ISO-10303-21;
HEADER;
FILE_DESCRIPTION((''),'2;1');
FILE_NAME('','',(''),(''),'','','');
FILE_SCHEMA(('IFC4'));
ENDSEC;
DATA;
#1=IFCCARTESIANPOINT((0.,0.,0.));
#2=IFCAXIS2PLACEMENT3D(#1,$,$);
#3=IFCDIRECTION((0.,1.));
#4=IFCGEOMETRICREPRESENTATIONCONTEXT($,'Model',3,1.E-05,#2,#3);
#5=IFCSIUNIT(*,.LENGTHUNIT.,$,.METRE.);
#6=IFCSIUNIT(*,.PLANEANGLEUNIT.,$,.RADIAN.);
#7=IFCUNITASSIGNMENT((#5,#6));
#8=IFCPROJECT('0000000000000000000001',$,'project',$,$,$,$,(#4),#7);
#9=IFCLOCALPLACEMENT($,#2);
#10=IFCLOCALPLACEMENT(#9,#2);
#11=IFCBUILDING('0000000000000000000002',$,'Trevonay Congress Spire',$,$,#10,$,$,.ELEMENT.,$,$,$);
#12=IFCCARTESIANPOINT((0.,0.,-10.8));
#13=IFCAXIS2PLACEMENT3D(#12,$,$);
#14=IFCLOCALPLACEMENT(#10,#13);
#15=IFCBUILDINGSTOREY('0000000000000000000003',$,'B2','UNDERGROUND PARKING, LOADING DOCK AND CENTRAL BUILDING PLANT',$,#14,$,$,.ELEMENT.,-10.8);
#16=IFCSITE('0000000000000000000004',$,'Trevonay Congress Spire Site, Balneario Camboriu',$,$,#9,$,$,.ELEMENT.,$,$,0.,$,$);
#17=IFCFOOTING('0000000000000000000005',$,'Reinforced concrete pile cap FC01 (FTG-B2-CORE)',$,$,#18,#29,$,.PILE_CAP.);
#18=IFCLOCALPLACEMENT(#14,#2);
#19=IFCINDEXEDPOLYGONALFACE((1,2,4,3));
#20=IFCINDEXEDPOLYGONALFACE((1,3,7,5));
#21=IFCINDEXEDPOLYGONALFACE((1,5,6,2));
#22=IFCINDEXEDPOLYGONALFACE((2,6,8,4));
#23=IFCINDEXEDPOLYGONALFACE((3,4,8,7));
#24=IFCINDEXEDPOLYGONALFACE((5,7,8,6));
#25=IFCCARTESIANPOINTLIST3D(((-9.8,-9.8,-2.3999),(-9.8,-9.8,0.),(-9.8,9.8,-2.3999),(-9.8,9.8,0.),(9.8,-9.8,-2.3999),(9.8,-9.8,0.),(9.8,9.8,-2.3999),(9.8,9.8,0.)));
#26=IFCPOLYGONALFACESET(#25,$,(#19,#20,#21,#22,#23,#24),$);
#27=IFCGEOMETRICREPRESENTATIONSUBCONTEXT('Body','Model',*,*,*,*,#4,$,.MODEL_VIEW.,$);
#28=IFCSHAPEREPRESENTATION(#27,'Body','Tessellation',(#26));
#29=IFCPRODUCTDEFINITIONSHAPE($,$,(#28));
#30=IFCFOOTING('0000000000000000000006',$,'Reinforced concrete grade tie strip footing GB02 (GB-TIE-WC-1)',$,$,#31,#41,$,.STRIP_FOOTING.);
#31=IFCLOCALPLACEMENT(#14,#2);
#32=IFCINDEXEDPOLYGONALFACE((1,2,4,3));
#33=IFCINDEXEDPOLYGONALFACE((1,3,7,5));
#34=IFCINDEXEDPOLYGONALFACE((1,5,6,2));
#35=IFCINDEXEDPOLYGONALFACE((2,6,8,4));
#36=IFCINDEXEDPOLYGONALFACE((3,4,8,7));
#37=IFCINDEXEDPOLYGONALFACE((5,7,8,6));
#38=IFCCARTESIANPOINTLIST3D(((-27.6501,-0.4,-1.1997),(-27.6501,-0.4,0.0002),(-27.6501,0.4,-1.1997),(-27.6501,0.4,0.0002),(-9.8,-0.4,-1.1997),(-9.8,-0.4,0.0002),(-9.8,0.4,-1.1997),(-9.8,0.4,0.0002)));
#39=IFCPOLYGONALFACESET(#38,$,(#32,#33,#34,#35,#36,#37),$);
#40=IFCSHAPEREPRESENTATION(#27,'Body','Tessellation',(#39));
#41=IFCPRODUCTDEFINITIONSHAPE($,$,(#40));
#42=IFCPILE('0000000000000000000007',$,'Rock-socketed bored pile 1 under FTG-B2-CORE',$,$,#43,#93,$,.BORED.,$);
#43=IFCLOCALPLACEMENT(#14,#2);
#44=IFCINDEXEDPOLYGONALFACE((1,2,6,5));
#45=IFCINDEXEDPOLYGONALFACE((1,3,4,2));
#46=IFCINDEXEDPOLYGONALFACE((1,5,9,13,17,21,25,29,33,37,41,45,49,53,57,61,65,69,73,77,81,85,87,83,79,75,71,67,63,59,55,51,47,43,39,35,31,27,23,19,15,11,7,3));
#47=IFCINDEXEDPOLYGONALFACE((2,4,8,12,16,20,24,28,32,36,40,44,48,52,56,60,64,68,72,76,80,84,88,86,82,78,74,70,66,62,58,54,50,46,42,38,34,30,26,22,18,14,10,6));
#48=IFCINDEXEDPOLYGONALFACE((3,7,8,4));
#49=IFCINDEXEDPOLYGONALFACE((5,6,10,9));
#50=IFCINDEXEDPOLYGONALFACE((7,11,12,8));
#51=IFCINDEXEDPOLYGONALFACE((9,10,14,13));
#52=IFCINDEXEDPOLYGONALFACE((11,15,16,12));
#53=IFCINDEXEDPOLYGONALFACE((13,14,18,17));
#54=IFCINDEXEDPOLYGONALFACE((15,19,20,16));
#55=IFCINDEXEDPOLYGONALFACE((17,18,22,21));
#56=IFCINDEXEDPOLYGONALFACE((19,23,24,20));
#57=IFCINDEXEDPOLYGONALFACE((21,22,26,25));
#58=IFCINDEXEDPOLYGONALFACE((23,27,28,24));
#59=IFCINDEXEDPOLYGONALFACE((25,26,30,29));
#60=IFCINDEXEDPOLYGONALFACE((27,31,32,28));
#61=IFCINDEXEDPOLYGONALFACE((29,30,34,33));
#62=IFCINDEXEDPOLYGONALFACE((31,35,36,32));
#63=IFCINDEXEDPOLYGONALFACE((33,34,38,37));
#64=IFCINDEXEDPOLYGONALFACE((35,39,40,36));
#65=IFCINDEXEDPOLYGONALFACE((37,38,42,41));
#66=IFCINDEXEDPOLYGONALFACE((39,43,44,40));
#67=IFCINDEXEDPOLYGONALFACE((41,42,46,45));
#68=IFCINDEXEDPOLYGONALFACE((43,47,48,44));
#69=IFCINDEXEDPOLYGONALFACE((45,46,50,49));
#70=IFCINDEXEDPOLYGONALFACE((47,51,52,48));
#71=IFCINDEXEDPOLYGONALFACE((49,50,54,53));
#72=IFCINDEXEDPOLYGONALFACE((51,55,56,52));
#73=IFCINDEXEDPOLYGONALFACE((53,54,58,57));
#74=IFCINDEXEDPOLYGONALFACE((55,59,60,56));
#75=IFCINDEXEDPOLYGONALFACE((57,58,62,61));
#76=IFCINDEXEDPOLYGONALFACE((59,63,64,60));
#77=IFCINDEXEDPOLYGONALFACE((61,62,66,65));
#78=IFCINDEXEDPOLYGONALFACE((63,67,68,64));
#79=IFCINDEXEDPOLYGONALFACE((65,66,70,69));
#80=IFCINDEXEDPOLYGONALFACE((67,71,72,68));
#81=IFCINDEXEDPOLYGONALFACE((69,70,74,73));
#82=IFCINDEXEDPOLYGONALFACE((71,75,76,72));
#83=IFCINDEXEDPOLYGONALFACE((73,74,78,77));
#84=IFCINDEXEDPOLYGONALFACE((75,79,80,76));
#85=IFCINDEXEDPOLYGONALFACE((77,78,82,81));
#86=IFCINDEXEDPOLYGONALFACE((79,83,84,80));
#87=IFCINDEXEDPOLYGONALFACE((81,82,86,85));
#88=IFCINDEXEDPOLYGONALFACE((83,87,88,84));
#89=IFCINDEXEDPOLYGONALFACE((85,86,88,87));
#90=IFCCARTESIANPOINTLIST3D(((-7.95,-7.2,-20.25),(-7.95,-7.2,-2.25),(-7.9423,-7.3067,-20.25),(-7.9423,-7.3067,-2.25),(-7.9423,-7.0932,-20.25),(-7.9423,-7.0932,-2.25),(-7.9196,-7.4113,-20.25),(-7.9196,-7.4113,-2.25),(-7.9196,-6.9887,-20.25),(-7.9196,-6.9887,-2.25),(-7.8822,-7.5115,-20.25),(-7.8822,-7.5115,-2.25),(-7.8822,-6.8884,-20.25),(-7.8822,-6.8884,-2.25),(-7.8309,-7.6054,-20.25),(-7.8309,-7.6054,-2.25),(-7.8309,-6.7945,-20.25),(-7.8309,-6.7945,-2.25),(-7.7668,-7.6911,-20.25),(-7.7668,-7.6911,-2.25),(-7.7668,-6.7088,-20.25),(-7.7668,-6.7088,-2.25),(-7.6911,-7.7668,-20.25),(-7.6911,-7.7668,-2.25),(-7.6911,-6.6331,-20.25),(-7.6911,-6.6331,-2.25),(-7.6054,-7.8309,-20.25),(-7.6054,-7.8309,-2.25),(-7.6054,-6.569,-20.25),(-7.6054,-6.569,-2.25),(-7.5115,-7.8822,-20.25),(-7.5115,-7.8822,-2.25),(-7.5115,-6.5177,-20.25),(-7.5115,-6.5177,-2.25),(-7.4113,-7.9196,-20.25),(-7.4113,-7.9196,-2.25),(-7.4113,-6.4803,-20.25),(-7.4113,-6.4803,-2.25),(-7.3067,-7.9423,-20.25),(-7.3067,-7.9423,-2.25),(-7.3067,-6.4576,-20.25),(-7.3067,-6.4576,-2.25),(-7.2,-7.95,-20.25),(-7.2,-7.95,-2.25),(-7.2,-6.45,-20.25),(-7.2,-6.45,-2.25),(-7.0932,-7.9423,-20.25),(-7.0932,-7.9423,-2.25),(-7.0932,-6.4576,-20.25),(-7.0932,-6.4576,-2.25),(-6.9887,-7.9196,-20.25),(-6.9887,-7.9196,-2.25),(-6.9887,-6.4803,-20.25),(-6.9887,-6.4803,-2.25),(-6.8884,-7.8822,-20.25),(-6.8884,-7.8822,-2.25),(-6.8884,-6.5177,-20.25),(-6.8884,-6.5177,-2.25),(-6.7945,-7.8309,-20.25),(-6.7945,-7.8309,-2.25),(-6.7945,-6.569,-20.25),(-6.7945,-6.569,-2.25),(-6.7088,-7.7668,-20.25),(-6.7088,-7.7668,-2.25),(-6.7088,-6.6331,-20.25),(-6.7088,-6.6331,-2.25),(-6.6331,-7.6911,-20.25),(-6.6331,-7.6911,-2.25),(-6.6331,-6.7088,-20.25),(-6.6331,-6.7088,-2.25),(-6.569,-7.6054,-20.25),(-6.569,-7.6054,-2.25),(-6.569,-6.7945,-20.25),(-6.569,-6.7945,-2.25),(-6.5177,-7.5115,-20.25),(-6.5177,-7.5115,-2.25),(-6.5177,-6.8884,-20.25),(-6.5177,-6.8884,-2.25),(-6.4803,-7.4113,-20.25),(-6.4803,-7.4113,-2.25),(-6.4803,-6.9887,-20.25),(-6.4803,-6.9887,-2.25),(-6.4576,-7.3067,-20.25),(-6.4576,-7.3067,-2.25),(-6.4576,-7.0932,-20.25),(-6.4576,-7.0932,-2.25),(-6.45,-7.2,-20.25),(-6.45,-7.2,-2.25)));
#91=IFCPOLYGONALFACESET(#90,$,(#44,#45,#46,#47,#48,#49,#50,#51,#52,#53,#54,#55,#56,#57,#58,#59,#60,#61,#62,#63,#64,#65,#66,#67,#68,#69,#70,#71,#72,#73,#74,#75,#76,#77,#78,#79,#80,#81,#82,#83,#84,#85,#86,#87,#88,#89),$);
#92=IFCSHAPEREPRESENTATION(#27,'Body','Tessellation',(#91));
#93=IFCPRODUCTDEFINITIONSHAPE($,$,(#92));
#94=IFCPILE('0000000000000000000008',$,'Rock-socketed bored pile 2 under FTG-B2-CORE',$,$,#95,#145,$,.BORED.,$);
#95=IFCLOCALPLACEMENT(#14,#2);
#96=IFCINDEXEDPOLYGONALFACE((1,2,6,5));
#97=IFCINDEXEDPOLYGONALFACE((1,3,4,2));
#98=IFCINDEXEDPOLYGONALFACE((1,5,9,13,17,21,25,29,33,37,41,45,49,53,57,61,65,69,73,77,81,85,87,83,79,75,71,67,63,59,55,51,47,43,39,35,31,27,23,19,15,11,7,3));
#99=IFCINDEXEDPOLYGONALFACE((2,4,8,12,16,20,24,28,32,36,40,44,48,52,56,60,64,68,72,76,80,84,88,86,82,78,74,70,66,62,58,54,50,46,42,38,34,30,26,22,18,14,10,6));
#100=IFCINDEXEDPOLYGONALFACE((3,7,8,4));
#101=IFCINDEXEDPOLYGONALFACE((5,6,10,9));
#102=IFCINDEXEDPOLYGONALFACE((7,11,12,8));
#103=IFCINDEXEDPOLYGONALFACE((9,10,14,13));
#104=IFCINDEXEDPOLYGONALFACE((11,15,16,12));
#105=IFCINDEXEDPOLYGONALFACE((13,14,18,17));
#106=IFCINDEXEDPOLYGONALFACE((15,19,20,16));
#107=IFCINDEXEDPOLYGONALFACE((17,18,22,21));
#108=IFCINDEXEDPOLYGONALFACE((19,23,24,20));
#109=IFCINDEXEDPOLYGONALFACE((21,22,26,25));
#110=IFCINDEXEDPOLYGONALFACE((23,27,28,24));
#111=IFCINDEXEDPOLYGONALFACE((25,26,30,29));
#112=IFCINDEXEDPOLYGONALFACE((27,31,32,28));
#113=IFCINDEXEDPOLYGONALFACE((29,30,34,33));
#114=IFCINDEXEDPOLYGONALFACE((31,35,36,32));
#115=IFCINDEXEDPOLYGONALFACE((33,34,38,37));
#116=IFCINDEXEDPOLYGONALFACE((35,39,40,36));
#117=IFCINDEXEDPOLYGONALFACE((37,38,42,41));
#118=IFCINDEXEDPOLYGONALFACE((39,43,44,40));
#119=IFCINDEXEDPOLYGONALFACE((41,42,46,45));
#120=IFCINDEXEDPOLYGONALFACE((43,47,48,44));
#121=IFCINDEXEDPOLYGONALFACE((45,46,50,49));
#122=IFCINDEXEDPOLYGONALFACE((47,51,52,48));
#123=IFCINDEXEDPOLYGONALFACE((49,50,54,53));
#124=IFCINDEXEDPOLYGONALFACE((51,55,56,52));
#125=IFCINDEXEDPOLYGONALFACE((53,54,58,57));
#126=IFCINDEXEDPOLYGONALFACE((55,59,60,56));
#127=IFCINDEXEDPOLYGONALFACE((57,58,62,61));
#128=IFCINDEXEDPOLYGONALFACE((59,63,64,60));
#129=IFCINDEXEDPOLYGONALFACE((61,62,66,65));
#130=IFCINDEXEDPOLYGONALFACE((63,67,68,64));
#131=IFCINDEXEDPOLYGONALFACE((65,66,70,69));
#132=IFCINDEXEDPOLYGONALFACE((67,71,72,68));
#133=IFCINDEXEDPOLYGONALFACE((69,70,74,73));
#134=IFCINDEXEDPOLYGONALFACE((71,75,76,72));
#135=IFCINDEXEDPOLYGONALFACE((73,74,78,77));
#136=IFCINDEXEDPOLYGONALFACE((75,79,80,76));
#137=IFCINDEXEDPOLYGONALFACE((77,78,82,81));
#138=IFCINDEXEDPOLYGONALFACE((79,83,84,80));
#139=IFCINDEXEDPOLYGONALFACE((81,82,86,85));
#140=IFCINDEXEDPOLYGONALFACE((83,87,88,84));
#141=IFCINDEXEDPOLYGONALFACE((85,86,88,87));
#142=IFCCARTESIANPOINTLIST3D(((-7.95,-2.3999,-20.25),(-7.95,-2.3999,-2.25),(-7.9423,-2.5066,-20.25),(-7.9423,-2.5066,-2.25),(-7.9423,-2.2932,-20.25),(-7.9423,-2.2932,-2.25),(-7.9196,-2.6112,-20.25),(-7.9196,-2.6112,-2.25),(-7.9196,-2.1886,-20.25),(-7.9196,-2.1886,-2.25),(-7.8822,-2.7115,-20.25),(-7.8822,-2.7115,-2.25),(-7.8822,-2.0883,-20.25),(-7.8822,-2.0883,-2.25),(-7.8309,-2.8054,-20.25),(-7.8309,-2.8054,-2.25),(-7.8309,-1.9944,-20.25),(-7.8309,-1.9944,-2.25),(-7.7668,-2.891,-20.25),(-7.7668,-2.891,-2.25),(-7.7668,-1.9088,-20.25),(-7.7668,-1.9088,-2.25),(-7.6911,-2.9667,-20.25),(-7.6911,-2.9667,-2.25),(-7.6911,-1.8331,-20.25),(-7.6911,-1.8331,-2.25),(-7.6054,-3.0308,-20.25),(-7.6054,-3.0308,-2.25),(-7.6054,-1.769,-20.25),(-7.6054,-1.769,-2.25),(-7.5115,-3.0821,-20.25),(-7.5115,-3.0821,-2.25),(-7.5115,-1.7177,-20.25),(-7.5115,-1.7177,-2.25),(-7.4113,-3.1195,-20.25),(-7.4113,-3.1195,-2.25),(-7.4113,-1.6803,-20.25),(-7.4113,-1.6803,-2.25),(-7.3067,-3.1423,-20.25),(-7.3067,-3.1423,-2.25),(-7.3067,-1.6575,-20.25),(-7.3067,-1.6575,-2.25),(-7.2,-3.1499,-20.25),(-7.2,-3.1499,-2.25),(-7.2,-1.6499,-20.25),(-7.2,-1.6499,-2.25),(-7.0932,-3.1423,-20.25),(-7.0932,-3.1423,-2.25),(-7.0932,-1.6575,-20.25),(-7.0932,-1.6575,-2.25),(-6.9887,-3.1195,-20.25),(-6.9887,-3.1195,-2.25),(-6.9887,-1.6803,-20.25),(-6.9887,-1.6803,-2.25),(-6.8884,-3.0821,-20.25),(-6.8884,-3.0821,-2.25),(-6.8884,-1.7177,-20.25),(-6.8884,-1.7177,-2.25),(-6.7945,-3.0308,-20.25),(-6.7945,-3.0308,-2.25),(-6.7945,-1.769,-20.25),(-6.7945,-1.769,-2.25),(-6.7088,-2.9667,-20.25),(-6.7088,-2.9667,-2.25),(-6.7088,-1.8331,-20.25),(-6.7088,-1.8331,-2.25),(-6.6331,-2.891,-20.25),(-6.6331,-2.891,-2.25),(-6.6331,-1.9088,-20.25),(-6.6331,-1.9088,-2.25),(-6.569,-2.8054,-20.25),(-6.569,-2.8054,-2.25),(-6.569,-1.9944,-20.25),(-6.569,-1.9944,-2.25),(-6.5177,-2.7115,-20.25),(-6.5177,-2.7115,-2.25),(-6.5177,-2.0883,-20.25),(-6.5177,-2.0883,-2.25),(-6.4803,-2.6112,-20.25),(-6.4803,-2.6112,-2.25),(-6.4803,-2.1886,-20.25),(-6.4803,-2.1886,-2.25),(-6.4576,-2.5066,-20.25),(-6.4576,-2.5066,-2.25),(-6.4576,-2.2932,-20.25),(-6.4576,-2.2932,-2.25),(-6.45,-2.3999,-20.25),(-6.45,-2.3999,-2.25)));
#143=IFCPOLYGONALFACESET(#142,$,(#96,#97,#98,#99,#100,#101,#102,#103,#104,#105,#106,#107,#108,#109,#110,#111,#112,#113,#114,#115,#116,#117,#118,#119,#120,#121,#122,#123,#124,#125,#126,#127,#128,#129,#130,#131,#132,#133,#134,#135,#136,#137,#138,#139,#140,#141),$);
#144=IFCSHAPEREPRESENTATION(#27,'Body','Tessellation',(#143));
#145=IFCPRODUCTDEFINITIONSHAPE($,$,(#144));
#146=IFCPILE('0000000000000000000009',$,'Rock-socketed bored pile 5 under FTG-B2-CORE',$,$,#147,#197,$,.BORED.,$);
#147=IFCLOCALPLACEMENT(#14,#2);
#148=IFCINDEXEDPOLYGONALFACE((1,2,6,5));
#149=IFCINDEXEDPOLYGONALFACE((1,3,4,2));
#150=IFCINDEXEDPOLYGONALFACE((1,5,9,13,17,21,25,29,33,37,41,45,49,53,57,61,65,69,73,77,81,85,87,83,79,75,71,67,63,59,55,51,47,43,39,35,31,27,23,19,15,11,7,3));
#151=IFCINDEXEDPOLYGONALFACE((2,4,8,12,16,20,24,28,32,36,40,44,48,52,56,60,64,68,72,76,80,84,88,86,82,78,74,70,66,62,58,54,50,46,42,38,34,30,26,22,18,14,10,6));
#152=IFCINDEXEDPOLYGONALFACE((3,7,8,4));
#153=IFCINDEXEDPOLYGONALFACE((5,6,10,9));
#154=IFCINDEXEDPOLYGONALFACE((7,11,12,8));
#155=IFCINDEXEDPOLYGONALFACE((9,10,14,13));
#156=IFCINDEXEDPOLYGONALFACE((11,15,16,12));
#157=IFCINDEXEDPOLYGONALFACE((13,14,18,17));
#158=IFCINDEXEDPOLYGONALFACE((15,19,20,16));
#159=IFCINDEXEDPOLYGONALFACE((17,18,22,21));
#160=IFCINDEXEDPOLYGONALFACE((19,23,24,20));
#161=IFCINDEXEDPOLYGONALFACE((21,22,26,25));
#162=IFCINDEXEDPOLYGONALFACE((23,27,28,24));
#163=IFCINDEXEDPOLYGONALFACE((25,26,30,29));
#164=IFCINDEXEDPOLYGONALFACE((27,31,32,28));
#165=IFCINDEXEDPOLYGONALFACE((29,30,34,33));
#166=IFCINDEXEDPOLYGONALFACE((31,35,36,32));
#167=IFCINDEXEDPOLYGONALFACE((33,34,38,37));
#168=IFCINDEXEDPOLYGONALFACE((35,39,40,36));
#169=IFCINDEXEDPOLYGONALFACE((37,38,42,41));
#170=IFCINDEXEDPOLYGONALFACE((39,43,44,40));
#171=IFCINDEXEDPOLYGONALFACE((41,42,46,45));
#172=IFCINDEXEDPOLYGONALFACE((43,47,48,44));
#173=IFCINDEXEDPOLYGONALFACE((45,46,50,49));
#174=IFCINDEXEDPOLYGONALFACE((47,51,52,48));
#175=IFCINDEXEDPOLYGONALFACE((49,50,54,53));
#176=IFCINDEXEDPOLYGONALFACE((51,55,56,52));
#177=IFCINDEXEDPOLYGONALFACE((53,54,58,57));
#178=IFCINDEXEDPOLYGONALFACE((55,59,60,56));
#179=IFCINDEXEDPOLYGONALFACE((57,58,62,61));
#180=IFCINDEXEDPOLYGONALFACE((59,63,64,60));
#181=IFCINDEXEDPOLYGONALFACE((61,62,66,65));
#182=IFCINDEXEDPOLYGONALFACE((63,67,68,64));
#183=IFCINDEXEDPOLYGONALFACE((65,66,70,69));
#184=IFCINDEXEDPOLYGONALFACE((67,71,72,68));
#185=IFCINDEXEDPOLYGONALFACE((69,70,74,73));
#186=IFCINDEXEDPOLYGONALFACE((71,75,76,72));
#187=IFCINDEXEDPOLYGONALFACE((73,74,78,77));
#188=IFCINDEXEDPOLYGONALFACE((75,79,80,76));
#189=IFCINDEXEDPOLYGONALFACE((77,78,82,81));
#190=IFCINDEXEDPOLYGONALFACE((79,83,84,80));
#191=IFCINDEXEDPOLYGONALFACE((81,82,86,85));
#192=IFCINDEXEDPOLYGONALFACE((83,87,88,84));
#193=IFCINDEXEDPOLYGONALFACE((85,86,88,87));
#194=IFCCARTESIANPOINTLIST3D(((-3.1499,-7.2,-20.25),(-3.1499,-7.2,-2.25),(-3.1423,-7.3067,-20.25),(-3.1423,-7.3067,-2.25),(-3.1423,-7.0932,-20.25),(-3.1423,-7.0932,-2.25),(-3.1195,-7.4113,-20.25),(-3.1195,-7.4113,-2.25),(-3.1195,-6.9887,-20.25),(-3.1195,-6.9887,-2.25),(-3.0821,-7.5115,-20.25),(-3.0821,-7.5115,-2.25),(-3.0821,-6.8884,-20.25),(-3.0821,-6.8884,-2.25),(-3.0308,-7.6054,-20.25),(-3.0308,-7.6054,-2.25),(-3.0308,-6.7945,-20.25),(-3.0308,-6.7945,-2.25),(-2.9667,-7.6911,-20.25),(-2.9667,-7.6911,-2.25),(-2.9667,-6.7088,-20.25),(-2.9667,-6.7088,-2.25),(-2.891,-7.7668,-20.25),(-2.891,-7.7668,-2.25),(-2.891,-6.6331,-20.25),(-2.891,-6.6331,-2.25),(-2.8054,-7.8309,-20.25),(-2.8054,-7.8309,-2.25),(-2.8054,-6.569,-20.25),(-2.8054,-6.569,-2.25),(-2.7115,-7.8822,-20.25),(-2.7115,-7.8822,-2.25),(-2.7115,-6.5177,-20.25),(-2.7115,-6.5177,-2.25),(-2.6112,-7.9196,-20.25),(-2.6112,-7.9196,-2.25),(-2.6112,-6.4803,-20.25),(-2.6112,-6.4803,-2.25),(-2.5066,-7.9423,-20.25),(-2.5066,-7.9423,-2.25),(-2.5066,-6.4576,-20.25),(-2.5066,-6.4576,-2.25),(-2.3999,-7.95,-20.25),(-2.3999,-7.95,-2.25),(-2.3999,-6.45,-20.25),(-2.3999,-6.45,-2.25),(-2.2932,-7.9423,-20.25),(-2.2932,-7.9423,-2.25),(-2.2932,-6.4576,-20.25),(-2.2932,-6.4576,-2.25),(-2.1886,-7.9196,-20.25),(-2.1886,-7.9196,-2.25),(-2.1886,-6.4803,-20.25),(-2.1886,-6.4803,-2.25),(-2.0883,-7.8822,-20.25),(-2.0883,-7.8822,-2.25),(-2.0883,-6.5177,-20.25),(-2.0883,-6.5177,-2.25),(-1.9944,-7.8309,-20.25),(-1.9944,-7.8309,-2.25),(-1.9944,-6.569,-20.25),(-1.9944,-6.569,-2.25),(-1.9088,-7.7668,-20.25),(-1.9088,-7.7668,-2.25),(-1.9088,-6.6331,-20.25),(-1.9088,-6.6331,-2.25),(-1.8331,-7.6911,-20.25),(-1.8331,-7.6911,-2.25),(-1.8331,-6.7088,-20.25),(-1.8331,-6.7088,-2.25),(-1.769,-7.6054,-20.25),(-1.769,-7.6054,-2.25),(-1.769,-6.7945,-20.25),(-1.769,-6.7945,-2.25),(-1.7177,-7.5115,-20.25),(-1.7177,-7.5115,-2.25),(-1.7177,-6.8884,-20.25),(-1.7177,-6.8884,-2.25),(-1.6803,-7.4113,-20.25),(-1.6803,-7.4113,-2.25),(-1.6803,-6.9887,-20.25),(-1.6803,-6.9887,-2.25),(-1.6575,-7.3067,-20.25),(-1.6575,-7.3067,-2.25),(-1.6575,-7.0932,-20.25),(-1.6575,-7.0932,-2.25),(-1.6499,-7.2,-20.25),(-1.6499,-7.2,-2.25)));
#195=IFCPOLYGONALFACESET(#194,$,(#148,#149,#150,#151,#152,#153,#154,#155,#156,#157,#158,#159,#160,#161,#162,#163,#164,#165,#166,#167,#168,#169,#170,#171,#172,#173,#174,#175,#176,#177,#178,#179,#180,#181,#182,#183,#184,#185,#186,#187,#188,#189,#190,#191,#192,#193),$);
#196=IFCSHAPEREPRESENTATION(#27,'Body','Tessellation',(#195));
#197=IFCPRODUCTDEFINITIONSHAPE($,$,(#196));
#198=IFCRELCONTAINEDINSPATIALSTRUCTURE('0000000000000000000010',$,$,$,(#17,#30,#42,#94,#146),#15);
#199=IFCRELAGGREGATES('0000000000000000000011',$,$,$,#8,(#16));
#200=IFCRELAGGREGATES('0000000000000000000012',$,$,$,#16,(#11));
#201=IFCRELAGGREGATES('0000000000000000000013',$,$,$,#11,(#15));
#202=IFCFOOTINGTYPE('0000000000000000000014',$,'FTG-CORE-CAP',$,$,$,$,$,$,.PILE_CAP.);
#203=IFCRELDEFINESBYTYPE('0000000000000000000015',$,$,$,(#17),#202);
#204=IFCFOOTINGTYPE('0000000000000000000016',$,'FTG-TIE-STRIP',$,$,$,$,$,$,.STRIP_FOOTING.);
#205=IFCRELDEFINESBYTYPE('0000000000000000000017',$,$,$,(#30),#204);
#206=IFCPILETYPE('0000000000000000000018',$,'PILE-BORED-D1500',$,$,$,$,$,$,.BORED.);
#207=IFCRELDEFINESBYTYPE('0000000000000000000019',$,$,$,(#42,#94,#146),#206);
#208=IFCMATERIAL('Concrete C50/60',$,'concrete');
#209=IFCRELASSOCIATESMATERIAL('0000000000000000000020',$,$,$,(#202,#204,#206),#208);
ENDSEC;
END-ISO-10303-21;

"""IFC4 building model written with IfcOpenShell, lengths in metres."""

from ifc_helpers import new_model, si_unit, direction, frame, origin, origin_2d, place, context, subcontext, project, spatial, rectangle, circle, extrude, material, material_profile, profile_set, type_object, element, save


model = new_model("IFC4")

# Units and contexts
model_context = context("Model", 3, precision=1e-05, world=origin(), true_north=direction((0.0, 1.0)))
body_context = subcontext(model_context, "Body", "Model", "MODEL_VIEW")
ifc_project = project(units=[si_unit("LENGTHUNIT", "METRE"), si_unit("PLANEANGLEUNIT", "RADIAN")], contexts=[model_context])

# Site, building, storey
site_placement = place(None, origin())
site = spatial("IfcSite", under=ifc_project, at=site_placement, Name="Trevonay Congress Spire Site, Balneario Camboriu", CompositionType="ELEMENT", RefElevation=0.0)
building_placement = place(site_placement, origin())
building = spatial("IfcBuilding", under=site, at=building_placement, Name="Trevonay Congress Spire", CompositionType="ELEMENT")
storey_placement = place(building_placement, frame((0.0, 0.0, -10.8)))
storey = spatial("IfcBuildingStorey", under=building, at=storey_placement, Name="B2", Description="UNDERGROUND PARKING, LOADING DOCK AND CENTRAL BUILDING PLANT", CompositionType="ELEMENT", Elevation=-10.8)

# Footings
ifc_material_1 = material(Name="Concrete C50/60", Category="concrete")
footing_type_1 = type_object("IfcFootingType", Name="FTG-CORE-CAP", PredefinedType="PILE_CAP", material=ifc_material_1)
footing_1_placement = place(storey_placement, frame((0.0, 0.0, -2.3999), z_axis=(0.0, 0.0, 1.0), x_axis=(1.0, 0.0, 0.0)))
element("IfcFooting", 1, at=footing_1_placement, inside=storey, type_object=footing_type_1, Name="Reinforced concrete pile cap FC01 (FTG-B2-CORE)", PredefinedType="PILE_CAP", context=body_context, shape_type="SweptSolid", body=[
    extrude(rectangle(XDim=19.6001, YDim=19.6001, at=origin_2d()), origin(), (0.0, 0.0, 1.0), 2.3999),
])
footing_type_2 = type_object("IfcFootingType", Name="FTG-TIE-STRIP", PredefinedType="STRIP_FOOTING", material=ifc_material_1)
footing_2_placement = place(storey_placement, frame((-18.7251, 0.0, -1.1997), z_axis=(0.0, 0.0, 1.0), x_axis=(1.0, 0.0, 0.0)))
element("IfcFooting", 2, at=footing_2_placement, inside=storey, type_object=footing_type_2, Name="Reinforced concrete grade tie strip footing GB02 (GB-TIE-WC-1)", PredefinedType="STRIP_FOOTING", context=body_context, shape_type="SweptSolid", body=[
    extrude(rectangle(XDim=17.8501, YDim=0.8, at=origin_2d()), origin(), (0.0, 0.0, 1.0), 1.2),
])

# Piles
ifc_material_profile_1 = material_profile(ifc_material_1, circle(Radius=0.75, at=origin_2d()), Name="PILE D1500")
ifc_profile_set_1 = profile_set([ifc_material_profile_1], Name="Concrete C50/60")
pile_type = type_object("IfcPileType", Name="PILE-BORED-D1500", PredefinedType="BORED", material=ifc_profile_set_1)
for number, where, z_axis, x_axis, name in (
    (3, (-7.2, -7.2, -2.25), (0.0, 0.0, -1.0), (1.0, 0.0, 0.0), "Rock-socketed bored pile 1 under FTG-B2-CORE"),
    (4, (-7.2, -2.3999, -2.25), (0.0, 0.0, -1.0), (1.0, 0.0, 0.0), "Rock-socketed bored pile 2 under FTG-B2-CORE"),
    (5, (-2.3999, -7.2, -2.25), (0.0, 0.0, -1.0), (1.0, 0.0, 0.0), "Rock-socketed bored pile 5 under FTG-B2-CORE"),
):
    element("IfcPile", number, at=place(storey_placement, frame(where, z_axis=z_axis, x_axis=x_axis)), inside=storey, type_object=pile_type, Name=name, PredefinedType="BORED", context=body_context, shape_type="SweptSolid", body=[
        extrude(circle(Radius=0.75, at=origin_2d()), origin(), (0.0, 0.0, 1.0), 18.0),
    ])

save(model, "model.ifc")
